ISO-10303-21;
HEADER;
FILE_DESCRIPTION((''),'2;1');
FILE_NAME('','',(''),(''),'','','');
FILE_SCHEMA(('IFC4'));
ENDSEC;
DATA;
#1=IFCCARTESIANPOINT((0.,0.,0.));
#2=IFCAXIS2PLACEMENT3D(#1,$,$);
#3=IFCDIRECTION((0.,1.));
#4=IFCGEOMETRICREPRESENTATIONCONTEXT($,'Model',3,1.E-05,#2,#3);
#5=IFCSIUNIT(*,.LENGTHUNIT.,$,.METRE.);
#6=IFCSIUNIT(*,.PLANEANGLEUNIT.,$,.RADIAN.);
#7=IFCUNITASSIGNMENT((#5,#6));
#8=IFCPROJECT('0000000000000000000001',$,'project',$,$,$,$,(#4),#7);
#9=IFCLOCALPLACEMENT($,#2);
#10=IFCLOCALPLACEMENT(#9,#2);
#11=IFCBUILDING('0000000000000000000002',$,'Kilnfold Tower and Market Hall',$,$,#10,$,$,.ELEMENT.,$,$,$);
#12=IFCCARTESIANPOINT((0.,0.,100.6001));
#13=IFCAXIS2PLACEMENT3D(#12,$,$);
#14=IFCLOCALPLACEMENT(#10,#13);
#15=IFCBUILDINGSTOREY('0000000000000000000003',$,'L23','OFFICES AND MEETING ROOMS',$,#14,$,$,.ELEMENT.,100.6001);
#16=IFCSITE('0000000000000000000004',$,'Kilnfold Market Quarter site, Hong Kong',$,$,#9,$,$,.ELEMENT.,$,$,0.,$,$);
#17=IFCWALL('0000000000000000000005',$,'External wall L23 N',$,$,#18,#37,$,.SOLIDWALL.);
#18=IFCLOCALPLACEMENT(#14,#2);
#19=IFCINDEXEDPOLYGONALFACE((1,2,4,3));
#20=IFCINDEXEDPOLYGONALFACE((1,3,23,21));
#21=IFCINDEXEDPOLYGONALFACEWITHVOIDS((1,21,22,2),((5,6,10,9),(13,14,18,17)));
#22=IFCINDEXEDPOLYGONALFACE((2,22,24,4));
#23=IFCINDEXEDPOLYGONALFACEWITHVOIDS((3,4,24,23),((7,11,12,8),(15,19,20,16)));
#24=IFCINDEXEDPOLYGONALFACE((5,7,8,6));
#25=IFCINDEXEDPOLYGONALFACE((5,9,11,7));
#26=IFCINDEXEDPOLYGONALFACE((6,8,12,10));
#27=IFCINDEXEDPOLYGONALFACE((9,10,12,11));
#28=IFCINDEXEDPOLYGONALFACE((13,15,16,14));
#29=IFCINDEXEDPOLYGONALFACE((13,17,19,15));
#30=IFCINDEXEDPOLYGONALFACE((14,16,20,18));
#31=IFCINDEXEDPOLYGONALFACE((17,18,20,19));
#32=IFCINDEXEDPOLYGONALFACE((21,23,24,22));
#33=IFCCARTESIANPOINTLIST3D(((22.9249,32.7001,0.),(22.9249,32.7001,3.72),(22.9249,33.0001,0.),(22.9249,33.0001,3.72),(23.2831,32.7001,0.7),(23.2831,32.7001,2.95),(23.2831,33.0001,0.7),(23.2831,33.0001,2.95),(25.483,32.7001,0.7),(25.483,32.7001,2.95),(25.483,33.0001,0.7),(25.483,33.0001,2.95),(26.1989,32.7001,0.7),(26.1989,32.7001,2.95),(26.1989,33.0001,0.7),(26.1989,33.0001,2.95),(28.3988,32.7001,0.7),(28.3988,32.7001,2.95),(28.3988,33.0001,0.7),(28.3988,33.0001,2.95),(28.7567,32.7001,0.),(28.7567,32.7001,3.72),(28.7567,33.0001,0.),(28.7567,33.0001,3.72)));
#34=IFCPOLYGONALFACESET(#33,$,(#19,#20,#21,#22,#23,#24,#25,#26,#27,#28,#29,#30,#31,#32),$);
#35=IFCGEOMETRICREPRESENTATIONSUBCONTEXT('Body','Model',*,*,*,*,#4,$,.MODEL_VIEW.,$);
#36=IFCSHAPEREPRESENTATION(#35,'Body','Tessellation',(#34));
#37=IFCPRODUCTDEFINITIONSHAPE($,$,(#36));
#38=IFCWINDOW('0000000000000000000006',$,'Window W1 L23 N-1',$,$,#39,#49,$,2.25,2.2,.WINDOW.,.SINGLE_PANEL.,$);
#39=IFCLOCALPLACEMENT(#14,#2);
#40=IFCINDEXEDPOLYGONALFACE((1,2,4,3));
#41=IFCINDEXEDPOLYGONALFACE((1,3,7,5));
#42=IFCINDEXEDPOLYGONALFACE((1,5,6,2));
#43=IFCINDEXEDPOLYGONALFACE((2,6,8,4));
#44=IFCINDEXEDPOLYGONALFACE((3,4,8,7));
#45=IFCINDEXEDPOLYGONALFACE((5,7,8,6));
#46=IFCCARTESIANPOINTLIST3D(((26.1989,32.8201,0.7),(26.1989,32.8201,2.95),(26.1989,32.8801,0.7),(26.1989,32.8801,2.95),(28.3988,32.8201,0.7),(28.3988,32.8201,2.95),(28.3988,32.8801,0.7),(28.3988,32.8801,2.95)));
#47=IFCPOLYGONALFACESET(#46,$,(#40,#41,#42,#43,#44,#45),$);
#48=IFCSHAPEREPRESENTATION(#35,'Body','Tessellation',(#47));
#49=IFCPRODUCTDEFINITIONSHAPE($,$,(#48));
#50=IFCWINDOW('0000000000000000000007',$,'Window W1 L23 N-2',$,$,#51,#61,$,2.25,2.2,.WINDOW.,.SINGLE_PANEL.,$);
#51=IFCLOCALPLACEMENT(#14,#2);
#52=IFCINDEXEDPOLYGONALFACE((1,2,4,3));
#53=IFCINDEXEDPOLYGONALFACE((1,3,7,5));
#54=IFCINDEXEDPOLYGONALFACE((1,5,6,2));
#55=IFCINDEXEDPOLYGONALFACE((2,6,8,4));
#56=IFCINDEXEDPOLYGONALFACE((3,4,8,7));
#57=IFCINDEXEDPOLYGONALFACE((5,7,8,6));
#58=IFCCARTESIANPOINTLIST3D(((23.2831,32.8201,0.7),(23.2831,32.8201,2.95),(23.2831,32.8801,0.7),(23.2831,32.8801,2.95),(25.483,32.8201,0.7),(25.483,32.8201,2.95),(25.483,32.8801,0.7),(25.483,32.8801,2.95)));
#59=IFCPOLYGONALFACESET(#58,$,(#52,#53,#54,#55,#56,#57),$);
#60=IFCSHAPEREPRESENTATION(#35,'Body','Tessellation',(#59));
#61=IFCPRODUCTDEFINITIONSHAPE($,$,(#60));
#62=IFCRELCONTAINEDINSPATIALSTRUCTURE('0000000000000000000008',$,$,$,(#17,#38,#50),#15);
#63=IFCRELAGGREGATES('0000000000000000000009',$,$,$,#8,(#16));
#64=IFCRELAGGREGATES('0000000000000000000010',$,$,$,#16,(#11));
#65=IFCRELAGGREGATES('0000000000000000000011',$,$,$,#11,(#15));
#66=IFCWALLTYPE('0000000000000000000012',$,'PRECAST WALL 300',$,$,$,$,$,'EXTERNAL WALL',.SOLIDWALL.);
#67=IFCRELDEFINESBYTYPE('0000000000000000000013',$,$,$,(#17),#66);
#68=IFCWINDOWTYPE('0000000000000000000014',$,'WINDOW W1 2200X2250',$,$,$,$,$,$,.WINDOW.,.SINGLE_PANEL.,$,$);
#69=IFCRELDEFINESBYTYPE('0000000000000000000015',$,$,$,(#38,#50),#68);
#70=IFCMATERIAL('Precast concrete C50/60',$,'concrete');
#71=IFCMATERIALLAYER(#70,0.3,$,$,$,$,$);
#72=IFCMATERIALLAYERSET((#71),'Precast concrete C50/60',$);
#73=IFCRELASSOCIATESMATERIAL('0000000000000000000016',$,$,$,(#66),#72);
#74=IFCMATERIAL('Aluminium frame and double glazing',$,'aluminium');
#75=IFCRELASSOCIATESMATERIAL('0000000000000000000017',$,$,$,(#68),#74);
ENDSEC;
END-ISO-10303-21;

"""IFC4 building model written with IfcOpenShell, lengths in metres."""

from ifc_helpers import new_model, si_unit, direction, frame, frame_2d, origin, place, context, subcontext, project, spatial, rectangle, extrude, source, transform, mapped, material, layer, layer_set, type_object, element, fill, save


model = new_model("IFC4")

# Units and contexts
model_context = context("Model", 3, precision=1e-05, world=origin(), true_north=direction((0.0, 1.0)))
body_context = subcontext(model_context, "Body", "Model", "MODEL_VIEW")
ifc_project = project(units=[si_unit("LENGTHUNIT", "METRE"), si_unit("PLANEANGLEUNIT", "RADIAN")], contexts=[model_context])

# Site, building, storey
site_placement = place(None, origin())
site = spatial("IfcSite", under=ifc_project, at=site_placement, Name="Kilnfold Market Quarter site, Hong Kong", CompositionType="ELEMENT", RefElevation=0.0)
building_placement = place(site_placement, origin())
building = spatial("IfcBuilding", under=site, at=building_placement, Name="Kilnfold Tower and Market Hall", CompositionType="ELEMENT")
storey_placement = place(building_placement, frame((0.0, 0.0, 100.6001)))
storey = spatial("IfcBuildingStorey", under=building, at=storey_placement, Name="L23", Description="OFFICES AND MEETING ROOMS", CompositionType="ELEMENT", Elevation=100.6001)

# Shared definitions
ifc_material_1 = material(Name="Precast concrete C50/60", Category="concrete")
ifc_layer_1 = layer(ifc_material_1, 0.3)
ifc_layer_set_1 = layer_set([ifc_layer_1], Name="Precast concrete C50/60")
wall_type_1 = type_object("IfcWallType", Name="PRECAST WALL 300", ElementType="EXTERNAL WALL", PredefinedType="SOLIDWALL", material=ifc_layer_set_1)
ifc_material_2 = material(Name="Aluminium frame and double glazing", Category="aluminium")
window_type = type_object("IfcWindowType", Name="WINDOW W1 2200X2250", PartitioningType="SINGLE_PANEL", PredefinedType="WINDOW", material=ifc_material_2)

# Wall, openings, windows
shared_shape_1 = source(origin(), body_context, "Body", "SweptSolid", [
    extrude(rectangle(XDim=5.8318, YDim=0.3, at=frame_2d((2.916, 0.0))), origin(), (0.0, 0.0, 1.0), 3.72),
])
wall_1_placement = place(storey_placement, frame((28.7568, 32.8501, 0.0), z_axis=(0.0, 0.0, 1.0), x_axis=(-1.0, 0.0, 0.0)))
wall_1 = element("IfcWall", 1, at=wall_1_placement, inside=storey, type_object=wall_type_1, Name="External wall L23 N", PredefinedType="SOLIDWALL", context=body_context, shape_type="MappedRepresentation", body=[
    mapped(shared_shape_1, transform((0.0, 0.0, 0.0))),
])
opening_1_placement = place(wall_1_placement, frame((0.3579, 0.0, 0.7)))
opening_1 = element("IfcOpeningElement", 2, at=opening_1_placement, cuts=wall_1, PredefinedType="OPENING", context=body_context, shape_type="SweptSolid", body=[
    extrude(rectangle(XDim=2.2, YDim=2.25, at=frame_2d((1.1001, 1.125))), frame((0.0, 0.1602, 0.0), z_axis=(0.0, -1.0, 0.0), x_axis=(1.0, 0.0, 0.0)), (0.0, 0.0, 1.0), 0.3201),
])
opening_2_placement = place(wall_1_placement, frame((3.2737, 0.0, 0.7)))
opening_2 = element("IfcOpeningElement", 3, at=opening_2_placement, cuts=wall_1, PredefinedType="OPENING", context=body_context, shape_type="SweptSolid", body=[
    extrude(rectangle(XDim=2.2, YDim=2.25, at=frame_2d((1.1001, 1.125))), frame((0.0, 0.1602, 0.0), z_axis=(0.0, -1.0, 0.0), x_axis=(1.0, 0.0, 0.0)), (0.0, 0.0, 1.0), 0.3201),
])
window_1_placement = place(opening_1_placement, origin())
window_1 = element("IfcWindow", 4, at=window_1_placement, inside=storey, type_object=window_type, Name="Window W1 L23 N-1", OverallHeight=2.25, OverallWidth=2.2, PartitioningType="SINGLE_PANEL", PredefinedType="WINDOW", context=body_context, shape_type="SweptSolid", body=[
    extrude(rectangle(XDim=2.2, YDim=2.25, at=frame_2d((1.1001, 1.125))), frame((0.0, 0.03, 0.0), z_axis=(0.0, -1.0, 0.0), x_axis=(1.0, 0.0, 0.0)), (0.0, 0.0, 1.0), 0.0601),
])
fill(opening_1, window_1)
window_2_placement = place(opening_2_placement, origin())
window_2 = element("IfcWindow", 5, at=window_2_placement, inside=storey, type_object=window_type, Name="Window W1 L23 N-2", OverallHeight=2.25, OverallWidth=2.2, PartitioningType="SINGLE_PANEL", PredefinedType="WINDOW", context=body_context, shape_type="SweptSolid", body=[
    extrude(rectangle(XDim=2.2, YDim=2.25, at=frame_2d((1.1001, 1.125))), frame((0.0, 0.03, 0.0), z_axis=(0.0, -1.0, 0.0), x_axis=(1.0, 0.0, 0.0)), (0.0, 0.0, 1.0), 0.0601),
])
fill(opening_2, window_2)

save(model, "model.ifc")
